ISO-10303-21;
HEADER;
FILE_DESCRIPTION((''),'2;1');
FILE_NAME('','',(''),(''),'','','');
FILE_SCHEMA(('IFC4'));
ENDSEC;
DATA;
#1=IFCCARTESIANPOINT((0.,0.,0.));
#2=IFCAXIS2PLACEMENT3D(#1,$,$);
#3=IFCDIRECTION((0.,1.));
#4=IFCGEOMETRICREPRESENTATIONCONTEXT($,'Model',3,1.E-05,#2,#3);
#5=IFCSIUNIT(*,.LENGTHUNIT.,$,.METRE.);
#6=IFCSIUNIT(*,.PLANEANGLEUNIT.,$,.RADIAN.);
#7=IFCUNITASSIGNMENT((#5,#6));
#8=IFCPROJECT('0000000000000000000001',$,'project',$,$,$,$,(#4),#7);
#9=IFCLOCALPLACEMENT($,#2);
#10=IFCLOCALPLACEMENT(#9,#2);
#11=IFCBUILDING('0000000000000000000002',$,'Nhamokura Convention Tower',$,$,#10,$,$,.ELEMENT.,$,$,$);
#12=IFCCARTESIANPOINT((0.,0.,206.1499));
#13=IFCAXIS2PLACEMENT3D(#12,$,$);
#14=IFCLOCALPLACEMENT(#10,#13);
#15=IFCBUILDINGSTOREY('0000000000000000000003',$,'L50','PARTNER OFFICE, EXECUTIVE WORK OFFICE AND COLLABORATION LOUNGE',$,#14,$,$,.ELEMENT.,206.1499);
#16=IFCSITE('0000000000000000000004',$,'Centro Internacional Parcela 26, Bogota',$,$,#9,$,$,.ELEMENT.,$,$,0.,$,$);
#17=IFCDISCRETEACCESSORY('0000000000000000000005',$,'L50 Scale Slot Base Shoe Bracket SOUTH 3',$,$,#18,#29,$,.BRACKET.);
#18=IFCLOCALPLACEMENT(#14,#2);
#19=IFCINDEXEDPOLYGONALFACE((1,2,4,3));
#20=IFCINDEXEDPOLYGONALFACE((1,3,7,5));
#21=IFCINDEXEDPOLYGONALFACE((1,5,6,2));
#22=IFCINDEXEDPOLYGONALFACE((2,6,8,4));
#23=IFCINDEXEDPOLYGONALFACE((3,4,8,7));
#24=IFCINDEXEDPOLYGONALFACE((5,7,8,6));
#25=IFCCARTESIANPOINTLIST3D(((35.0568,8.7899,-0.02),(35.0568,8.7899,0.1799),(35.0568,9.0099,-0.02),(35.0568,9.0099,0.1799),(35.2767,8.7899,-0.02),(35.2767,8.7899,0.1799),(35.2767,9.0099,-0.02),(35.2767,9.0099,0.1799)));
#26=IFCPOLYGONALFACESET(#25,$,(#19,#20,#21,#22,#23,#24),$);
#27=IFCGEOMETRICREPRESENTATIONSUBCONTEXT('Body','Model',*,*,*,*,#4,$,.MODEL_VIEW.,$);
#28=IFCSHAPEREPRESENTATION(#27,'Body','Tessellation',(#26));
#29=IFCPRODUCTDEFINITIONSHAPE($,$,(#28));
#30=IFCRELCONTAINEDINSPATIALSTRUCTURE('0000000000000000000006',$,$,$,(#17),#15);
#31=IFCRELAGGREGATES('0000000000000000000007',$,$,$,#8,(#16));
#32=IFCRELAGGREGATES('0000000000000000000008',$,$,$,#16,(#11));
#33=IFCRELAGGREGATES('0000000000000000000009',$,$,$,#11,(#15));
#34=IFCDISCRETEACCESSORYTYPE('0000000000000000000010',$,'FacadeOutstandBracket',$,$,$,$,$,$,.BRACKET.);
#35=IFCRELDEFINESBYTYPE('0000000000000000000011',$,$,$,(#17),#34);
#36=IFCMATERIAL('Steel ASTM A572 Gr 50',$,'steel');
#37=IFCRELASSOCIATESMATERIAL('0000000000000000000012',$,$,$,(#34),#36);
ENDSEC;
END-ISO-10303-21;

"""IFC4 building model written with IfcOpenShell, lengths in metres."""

from ifc_helpers import new_model, si_unit, direction, frame, origin, origin_2d, place, context, subcontext, project, spatial, rectangle, extrude, material, type_object, element, save


model = new_model("IFC4")

# Units and contexts
model_context = context("Model", 3, precision=1e-05, world=origin(), true_north=direction((0.0, 1.0)))
body_context = subcontext(model_context, "Body", "Model", "MODEL_VIEW")
ifc_project = project(units=[si_unit("LENGTHUNIT", "METRE"), si_unit("PLANEANGLEUNIT", "RADIAN")], contexts=[model_context])

# Site, building, storey
site_placement = place(None, origin())
site = spatial("IfcSite", under=ifc_project, at=site_placement, Name="Centro Internacional Parcela 26, Bogota", CompositionType="ELEMENT", RefElevation=0.0)
building_placement = place(site_placement, origin())
building = spatial("IfcBuilding", under=site, at=building_placement, Name="Nhamokura Convention Tower", CompositionType="ELEMENT")
storey_placement = place(building_placement, frame((0.0, 0.0, 206.1499)))
storey = spatial("IfcBuildingStorey", under=building, at=storey_placement, Name="L50", Description="PARTNER OFFICE, EXECUTIVE WORK OFFICE AND COLLABORATION LOUNGE", CompositionType="ELEMENT", Elevation=206.1499)

# Discrete accessory
ifc_material_1 = material(Name="Steel ASTM A572 Gr 50", Category="steel")
discrete_accessory_type = type_object("IfcDiscreteAccessoryType", Name="FacadeOutstandBracket", PredefinedType="BRACKET", material=ifc_material_1)
discrete_accessory_placement = place(storey_placement, frame((35.1667, 8.8999, -0.02), z_axis=(0.0, 0.0, 1.0), x_axis=(1.0, 0.0, 0.0)))
element("IfcDiscreteAccessory", 1, at=discrete_accessory_placement, inside=storey, type_object=discrete_accessory_type, Name="L50 Scale Slot Base Shoe Bracket SOUTH 3", PredefinedType="BRACKET", context=body_context, shape_type="SweptSolid", body=[
    extrude(rectangle(XDim=0.22, YDim=0.22, at=origin_2d()), origin(), (0.0, 0.0, 1.0), 0.2),
])

save(model, "model.ifc")
